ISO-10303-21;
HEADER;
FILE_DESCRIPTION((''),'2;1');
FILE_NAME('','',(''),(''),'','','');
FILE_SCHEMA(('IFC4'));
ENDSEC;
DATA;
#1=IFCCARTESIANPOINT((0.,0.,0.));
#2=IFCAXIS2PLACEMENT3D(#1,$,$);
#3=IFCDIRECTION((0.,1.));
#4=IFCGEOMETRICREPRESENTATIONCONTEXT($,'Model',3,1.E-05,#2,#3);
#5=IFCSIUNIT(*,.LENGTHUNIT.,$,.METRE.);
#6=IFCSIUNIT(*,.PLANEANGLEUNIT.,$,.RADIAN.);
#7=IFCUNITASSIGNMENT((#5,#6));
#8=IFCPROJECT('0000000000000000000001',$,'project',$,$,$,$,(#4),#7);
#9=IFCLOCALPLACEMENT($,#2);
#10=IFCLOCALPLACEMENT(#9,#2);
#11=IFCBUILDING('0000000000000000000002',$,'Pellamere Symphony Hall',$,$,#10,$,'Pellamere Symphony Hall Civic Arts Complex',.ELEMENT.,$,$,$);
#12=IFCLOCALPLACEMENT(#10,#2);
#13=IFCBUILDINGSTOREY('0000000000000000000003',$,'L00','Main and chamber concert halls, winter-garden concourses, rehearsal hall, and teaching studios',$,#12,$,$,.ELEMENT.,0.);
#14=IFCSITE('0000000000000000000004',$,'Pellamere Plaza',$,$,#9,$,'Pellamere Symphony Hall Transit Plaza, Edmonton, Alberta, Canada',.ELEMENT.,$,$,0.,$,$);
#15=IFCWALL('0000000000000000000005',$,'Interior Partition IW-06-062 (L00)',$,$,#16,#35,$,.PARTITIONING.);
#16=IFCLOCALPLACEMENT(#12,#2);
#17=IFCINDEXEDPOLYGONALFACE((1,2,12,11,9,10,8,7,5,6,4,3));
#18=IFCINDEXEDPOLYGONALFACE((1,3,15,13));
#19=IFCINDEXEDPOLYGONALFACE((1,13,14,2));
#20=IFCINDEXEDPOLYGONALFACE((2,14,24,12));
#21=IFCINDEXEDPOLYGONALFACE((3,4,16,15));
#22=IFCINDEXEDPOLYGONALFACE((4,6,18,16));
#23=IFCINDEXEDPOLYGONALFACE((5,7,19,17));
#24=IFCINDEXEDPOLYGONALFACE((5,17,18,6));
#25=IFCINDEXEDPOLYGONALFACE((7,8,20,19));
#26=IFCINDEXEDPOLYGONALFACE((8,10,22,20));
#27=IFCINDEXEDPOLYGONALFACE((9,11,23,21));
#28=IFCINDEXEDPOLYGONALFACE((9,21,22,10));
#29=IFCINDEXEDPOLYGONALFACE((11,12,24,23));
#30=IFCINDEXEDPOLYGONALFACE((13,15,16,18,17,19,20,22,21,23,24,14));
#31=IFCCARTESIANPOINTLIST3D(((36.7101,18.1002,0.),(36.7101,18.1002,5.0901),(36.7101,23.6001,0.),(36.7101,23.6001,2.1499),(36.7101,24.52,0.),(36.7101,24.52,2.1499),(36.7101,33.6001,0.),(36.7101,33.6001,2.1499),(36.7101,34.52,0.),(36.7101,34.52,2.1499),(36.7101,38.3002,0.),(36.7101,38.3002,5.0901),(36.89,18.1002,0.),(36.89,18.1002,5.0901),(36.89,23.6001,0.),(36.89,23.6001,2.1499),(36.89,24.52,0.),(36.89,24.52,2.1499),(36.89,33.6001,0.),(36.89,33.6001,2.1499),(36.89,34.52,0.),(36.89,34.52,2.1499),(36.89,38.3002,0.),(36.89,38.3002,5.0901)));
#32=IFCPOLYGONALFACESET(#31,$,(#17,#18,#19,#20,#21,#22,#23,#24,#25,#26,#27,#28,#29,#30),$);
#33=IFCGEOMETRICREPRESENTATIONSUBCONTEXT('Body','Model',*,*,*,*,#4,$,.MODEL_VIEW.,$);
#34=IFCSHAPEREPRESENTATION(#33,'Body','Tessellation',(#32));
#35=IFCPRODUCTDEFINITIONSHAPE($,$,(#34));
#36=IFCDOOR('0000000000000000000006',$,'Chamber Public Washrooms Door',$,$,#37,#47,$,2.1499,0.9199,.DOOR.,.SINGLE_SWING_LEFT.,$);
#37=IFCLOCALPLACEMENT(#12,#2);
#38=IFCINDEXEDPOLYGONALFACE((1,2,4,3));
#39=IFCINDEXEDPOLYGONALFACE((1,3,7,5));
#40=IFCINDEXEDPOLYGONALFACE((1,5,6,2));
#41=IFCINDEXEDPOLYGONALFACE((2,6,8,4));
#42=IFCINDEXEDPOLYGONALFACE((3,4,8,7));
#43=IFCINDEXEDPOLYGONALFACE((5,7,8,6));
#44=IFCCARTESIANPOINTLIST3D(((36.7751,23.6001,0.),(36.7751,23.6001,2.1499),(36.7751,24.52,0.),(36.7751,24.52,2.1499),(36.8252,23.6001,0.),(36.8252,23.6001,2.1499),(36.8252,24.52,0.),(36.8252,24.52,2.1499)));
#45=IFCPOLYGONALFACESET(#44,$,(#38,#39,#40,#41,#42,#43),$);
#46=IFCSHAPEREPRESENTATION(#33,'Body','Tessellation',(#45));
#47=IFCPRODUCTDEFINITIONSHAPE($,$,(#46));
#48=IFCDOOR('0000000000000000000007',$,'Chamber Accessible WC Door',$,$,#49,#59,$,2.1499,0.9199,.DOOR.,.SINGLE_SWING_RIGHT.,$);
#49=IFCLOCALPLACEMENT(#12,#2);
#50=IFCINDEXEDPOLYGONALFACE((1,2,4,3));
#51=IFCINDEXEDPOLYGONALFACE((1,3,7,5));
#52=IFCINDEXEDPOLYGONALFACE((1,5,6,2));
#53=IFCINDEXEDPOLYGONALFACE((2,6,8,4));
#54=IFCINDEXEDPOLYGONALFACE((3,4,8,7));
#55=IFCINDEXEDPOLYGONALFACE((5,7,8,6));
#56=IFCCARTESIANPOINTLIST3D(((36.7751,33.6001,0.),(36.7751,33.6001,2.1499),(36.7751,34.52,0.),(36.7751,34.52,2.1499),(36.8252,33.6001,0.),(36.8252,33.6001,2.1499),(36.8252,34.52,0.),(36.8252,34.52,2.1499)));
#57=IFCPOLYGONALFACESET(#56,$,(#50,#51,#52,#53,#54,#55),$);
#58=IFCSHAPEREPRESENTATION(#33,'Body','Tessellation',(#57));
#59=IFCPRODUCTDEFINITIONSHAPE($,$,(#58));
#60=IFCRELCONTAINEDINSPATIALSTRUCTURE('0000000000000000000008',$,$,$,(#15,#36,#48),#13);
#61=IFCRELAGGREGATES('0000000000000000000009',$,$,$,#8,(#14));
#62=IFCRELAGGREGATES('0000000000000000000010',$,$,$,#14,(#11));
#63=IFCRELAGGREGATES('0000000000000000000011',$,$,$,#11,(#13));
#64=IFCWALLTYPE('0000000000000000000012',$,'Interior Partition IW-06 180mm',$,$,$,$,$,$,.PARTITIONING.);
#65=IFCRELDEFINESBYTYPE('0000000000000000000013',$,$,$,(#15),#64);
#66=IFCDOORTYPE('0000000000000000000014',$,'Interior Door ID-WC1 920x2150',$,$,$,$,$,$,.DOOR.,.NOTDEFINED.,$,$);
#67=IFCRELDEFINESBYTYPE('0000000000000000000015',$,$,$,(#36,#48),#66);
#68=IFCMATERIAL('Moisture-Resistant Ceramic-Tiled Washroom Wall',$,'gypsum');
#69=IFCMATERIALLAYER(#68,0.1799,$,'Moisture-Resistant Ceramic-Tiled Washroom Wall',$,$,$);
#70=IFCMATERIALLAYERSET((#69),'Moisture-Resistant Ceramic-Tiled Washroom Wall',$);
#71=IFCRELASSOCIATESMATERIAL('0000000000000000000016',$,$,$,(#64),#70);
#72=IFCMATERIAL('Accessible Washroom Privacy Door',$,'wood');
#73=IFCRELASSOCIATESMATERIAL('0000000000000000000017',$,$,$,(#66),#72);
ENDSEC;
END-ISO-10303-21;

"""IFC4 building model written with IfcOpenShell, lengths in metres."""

from ifc_helpers import new_model, si_unit, direction, frame, frame_2d, origin, place, context, subcontext, project, spatial, rectangle, extrude, material, layer, layer_set, type_object, element, fill, save


model = new_model("IFC4")

# Units and contexts
model_context = context("Model", 3, precision=1e-05, world=origin(), true_north=direction((0.0, 1.0)))
body_context = subcontext(model_context, "Body", "Model", "MODEL_VIEW")
ifc_project = project(units=[si_unit("LENGTHUNIT", "METRE"), si_unit("PLANEANGLEUNIT", "RADIAN")], contexts=[model_context])

# Site, building, storey
site_placement = place(None, origin())
site = spatial("IfcSite", under=ifc_project, at=site_placement, Name="Pellamere Plaza", LongName="Pellamere Symphony Hall Transit Plaza, Edmonton, Alberta, Canada", CompositionType="ELEMENT", RefElevation=0.0)
building_placement = place(site_placement, origin())
building = spatial("IfcBuilding", under=site, at=building_placement, Name="Pellamere Symphony Hall", LongName="Pellamere Symphony Hall Civic Arts Complex", CompositionType="ELEMENT")
storey_placement = place(building_placement, origin())
storey = spatial("IfcBuildingStorey", under=building, at=storey_placement, Name="L00", Description="Main and chamber concert halls, winter-garden concourses, rehearsal hall, and teaching studios", CompositionType="ELEMENT", Elevation=0.0)

# Wall, openings, doors
ifc_material_1 = material(Name="Moisture-Resistant Ceramic-Tiled Washroom Wall", Category="gypsum")
ifc_layer_1 = layer(ifc_material_1, 0.1799, Name="Moisture-Resistant Ceramic-Tiled Washroom Wall")
ifc_layer_set_1 = layer_set([ifc_layer_1], Name="Moisture-Resistant Ceramic-Tiled Washroom Wall")
wall_type_1 = type_object("IfcWallType", Name="Interior Partition IW-06 180mm", PredefinedType="PARTITIONING", material=ifc_layer_set_1)
wall_1_placement = place(storey_placement, frame((36.8, 18.1001, 0.0), z_axis=(0.0, 0.0, 1.0), x_axis=(0.0, 1.0, 0.0)))
wall_1 = element("IfcWall", 1, at=wall_1_placement, inside=storey, type_object=wall_type_1, Name="Interior Partition IW-06-062 (L00)", PredefinedType="PARTITIONING", context=body_context, shape_type="SweptSolid", body=[
    extrude(rectangle(XDim=20.2, YDim=0.1799, at=frame_2d((10.1001, 0.0))), origin(), (0.0, 0.0, 1.0), 5.0901),
])
opening_1_placement = place(wall_1_placement, frame((5.5, 0.0, 0.0)))
opening_1 = element("IfcOpeningElement", 2, at=opening_1_placement, cuts=wall_1, PredefinedType="OPENING", context=body_context, shape_type="SweptSolid", body=[
    extrude(rectangle(XDim=0.9199, YDim=2.1499, at=frame_2d((0.46, 1.075))), frame((0.0, 0.0999, 0.0), z_axis=(0.0, -1.0, 0.0), x_axis=(1.0, 0.0, 0.0)), (0.0, 0.0, 1.0), 0.2),
])
opening_2_placement = place(wall_1_placement, frame((15.5, 0.0, 0.0)))
opening_2 = element("IfcOpeningElement", 3, at=opening_2_placement, cuts=wall_1, PredefinedType="OPENING", context=body_context, shape_type="SweptSolid", body=[
    extrude(rectangle(XDim=0.9199, YDim=2.1499, at=frame_2d((0.46, 1.075))), frame((0.0, 0.0999, 0.0), z_axis=(0.0, -1.0, 0.0), x_axis=(1.0, 0.0, 0.0)), (0.0, 0.0, 1.0), 0.2),
])
ifc_material_2 = material(Name="Accessible Washroom Privacy Door", Category="wood")
door_type_1 = type_object("IfcDoorType", Name="Interior Door ID-WC1 920x2150", OperationType="NOTDEFINED", PredefinedType="DOOR", material=ifc_material_2)
door_1_placement = place(opening_1_placement, origin())
door_1 = element("IfcDoor", 4, at=door_1_placement, inside=storey, type_object=door_type_1, Name="Chamber Public Washrooms Door", OperationType="SINGLE_SWING_LEFT", OverallHeight=2.1499, OverallWidth=0.9199, PredefinedType="DOOR", context=body_context, shape_type="SweptSolid", body=[
    extrude(rectangle(XDim=0.9199, YDim=2.1499, at=frame_2d((0.46, 1.075))), frame((0.0, 0.0249, 0.0), z_axis=(0.0, -1.0, 0.0), x_axis=(1.0, 0.0, 0.0)), (0.0, 0.0, 1.0), 0.05),
])
fill(opening_1, door_1)
door_2_placement = place(opening_2_placement, origin())
door_2 = element("IfcDoor", 5, at=door_2_placement, inside=storey, type_object=door_type_1, Name="Chamber Accessible WC Door", OperationType="SINGLE_SWING_RIGHT", OverallHeight=2.1499, OverallWidth=0.9199, PredefinedType="DOOR", context=body_context, shape_type="SweptSolid", body=[
    extrude(rectangle(XDim=0.9199, YDim=2.1499, at=frame_2d((0.46, 1.075))), frame((0.0, 0.0249, 0.0), z_axis=(0.0, -1.0, 0.0), x_axis=(1.0, 0.0, 0.0)), (0.0, 0.0, 1.0), 0.05),
])
fill(opening_2, door_2)

save(model, "model.ifc")
